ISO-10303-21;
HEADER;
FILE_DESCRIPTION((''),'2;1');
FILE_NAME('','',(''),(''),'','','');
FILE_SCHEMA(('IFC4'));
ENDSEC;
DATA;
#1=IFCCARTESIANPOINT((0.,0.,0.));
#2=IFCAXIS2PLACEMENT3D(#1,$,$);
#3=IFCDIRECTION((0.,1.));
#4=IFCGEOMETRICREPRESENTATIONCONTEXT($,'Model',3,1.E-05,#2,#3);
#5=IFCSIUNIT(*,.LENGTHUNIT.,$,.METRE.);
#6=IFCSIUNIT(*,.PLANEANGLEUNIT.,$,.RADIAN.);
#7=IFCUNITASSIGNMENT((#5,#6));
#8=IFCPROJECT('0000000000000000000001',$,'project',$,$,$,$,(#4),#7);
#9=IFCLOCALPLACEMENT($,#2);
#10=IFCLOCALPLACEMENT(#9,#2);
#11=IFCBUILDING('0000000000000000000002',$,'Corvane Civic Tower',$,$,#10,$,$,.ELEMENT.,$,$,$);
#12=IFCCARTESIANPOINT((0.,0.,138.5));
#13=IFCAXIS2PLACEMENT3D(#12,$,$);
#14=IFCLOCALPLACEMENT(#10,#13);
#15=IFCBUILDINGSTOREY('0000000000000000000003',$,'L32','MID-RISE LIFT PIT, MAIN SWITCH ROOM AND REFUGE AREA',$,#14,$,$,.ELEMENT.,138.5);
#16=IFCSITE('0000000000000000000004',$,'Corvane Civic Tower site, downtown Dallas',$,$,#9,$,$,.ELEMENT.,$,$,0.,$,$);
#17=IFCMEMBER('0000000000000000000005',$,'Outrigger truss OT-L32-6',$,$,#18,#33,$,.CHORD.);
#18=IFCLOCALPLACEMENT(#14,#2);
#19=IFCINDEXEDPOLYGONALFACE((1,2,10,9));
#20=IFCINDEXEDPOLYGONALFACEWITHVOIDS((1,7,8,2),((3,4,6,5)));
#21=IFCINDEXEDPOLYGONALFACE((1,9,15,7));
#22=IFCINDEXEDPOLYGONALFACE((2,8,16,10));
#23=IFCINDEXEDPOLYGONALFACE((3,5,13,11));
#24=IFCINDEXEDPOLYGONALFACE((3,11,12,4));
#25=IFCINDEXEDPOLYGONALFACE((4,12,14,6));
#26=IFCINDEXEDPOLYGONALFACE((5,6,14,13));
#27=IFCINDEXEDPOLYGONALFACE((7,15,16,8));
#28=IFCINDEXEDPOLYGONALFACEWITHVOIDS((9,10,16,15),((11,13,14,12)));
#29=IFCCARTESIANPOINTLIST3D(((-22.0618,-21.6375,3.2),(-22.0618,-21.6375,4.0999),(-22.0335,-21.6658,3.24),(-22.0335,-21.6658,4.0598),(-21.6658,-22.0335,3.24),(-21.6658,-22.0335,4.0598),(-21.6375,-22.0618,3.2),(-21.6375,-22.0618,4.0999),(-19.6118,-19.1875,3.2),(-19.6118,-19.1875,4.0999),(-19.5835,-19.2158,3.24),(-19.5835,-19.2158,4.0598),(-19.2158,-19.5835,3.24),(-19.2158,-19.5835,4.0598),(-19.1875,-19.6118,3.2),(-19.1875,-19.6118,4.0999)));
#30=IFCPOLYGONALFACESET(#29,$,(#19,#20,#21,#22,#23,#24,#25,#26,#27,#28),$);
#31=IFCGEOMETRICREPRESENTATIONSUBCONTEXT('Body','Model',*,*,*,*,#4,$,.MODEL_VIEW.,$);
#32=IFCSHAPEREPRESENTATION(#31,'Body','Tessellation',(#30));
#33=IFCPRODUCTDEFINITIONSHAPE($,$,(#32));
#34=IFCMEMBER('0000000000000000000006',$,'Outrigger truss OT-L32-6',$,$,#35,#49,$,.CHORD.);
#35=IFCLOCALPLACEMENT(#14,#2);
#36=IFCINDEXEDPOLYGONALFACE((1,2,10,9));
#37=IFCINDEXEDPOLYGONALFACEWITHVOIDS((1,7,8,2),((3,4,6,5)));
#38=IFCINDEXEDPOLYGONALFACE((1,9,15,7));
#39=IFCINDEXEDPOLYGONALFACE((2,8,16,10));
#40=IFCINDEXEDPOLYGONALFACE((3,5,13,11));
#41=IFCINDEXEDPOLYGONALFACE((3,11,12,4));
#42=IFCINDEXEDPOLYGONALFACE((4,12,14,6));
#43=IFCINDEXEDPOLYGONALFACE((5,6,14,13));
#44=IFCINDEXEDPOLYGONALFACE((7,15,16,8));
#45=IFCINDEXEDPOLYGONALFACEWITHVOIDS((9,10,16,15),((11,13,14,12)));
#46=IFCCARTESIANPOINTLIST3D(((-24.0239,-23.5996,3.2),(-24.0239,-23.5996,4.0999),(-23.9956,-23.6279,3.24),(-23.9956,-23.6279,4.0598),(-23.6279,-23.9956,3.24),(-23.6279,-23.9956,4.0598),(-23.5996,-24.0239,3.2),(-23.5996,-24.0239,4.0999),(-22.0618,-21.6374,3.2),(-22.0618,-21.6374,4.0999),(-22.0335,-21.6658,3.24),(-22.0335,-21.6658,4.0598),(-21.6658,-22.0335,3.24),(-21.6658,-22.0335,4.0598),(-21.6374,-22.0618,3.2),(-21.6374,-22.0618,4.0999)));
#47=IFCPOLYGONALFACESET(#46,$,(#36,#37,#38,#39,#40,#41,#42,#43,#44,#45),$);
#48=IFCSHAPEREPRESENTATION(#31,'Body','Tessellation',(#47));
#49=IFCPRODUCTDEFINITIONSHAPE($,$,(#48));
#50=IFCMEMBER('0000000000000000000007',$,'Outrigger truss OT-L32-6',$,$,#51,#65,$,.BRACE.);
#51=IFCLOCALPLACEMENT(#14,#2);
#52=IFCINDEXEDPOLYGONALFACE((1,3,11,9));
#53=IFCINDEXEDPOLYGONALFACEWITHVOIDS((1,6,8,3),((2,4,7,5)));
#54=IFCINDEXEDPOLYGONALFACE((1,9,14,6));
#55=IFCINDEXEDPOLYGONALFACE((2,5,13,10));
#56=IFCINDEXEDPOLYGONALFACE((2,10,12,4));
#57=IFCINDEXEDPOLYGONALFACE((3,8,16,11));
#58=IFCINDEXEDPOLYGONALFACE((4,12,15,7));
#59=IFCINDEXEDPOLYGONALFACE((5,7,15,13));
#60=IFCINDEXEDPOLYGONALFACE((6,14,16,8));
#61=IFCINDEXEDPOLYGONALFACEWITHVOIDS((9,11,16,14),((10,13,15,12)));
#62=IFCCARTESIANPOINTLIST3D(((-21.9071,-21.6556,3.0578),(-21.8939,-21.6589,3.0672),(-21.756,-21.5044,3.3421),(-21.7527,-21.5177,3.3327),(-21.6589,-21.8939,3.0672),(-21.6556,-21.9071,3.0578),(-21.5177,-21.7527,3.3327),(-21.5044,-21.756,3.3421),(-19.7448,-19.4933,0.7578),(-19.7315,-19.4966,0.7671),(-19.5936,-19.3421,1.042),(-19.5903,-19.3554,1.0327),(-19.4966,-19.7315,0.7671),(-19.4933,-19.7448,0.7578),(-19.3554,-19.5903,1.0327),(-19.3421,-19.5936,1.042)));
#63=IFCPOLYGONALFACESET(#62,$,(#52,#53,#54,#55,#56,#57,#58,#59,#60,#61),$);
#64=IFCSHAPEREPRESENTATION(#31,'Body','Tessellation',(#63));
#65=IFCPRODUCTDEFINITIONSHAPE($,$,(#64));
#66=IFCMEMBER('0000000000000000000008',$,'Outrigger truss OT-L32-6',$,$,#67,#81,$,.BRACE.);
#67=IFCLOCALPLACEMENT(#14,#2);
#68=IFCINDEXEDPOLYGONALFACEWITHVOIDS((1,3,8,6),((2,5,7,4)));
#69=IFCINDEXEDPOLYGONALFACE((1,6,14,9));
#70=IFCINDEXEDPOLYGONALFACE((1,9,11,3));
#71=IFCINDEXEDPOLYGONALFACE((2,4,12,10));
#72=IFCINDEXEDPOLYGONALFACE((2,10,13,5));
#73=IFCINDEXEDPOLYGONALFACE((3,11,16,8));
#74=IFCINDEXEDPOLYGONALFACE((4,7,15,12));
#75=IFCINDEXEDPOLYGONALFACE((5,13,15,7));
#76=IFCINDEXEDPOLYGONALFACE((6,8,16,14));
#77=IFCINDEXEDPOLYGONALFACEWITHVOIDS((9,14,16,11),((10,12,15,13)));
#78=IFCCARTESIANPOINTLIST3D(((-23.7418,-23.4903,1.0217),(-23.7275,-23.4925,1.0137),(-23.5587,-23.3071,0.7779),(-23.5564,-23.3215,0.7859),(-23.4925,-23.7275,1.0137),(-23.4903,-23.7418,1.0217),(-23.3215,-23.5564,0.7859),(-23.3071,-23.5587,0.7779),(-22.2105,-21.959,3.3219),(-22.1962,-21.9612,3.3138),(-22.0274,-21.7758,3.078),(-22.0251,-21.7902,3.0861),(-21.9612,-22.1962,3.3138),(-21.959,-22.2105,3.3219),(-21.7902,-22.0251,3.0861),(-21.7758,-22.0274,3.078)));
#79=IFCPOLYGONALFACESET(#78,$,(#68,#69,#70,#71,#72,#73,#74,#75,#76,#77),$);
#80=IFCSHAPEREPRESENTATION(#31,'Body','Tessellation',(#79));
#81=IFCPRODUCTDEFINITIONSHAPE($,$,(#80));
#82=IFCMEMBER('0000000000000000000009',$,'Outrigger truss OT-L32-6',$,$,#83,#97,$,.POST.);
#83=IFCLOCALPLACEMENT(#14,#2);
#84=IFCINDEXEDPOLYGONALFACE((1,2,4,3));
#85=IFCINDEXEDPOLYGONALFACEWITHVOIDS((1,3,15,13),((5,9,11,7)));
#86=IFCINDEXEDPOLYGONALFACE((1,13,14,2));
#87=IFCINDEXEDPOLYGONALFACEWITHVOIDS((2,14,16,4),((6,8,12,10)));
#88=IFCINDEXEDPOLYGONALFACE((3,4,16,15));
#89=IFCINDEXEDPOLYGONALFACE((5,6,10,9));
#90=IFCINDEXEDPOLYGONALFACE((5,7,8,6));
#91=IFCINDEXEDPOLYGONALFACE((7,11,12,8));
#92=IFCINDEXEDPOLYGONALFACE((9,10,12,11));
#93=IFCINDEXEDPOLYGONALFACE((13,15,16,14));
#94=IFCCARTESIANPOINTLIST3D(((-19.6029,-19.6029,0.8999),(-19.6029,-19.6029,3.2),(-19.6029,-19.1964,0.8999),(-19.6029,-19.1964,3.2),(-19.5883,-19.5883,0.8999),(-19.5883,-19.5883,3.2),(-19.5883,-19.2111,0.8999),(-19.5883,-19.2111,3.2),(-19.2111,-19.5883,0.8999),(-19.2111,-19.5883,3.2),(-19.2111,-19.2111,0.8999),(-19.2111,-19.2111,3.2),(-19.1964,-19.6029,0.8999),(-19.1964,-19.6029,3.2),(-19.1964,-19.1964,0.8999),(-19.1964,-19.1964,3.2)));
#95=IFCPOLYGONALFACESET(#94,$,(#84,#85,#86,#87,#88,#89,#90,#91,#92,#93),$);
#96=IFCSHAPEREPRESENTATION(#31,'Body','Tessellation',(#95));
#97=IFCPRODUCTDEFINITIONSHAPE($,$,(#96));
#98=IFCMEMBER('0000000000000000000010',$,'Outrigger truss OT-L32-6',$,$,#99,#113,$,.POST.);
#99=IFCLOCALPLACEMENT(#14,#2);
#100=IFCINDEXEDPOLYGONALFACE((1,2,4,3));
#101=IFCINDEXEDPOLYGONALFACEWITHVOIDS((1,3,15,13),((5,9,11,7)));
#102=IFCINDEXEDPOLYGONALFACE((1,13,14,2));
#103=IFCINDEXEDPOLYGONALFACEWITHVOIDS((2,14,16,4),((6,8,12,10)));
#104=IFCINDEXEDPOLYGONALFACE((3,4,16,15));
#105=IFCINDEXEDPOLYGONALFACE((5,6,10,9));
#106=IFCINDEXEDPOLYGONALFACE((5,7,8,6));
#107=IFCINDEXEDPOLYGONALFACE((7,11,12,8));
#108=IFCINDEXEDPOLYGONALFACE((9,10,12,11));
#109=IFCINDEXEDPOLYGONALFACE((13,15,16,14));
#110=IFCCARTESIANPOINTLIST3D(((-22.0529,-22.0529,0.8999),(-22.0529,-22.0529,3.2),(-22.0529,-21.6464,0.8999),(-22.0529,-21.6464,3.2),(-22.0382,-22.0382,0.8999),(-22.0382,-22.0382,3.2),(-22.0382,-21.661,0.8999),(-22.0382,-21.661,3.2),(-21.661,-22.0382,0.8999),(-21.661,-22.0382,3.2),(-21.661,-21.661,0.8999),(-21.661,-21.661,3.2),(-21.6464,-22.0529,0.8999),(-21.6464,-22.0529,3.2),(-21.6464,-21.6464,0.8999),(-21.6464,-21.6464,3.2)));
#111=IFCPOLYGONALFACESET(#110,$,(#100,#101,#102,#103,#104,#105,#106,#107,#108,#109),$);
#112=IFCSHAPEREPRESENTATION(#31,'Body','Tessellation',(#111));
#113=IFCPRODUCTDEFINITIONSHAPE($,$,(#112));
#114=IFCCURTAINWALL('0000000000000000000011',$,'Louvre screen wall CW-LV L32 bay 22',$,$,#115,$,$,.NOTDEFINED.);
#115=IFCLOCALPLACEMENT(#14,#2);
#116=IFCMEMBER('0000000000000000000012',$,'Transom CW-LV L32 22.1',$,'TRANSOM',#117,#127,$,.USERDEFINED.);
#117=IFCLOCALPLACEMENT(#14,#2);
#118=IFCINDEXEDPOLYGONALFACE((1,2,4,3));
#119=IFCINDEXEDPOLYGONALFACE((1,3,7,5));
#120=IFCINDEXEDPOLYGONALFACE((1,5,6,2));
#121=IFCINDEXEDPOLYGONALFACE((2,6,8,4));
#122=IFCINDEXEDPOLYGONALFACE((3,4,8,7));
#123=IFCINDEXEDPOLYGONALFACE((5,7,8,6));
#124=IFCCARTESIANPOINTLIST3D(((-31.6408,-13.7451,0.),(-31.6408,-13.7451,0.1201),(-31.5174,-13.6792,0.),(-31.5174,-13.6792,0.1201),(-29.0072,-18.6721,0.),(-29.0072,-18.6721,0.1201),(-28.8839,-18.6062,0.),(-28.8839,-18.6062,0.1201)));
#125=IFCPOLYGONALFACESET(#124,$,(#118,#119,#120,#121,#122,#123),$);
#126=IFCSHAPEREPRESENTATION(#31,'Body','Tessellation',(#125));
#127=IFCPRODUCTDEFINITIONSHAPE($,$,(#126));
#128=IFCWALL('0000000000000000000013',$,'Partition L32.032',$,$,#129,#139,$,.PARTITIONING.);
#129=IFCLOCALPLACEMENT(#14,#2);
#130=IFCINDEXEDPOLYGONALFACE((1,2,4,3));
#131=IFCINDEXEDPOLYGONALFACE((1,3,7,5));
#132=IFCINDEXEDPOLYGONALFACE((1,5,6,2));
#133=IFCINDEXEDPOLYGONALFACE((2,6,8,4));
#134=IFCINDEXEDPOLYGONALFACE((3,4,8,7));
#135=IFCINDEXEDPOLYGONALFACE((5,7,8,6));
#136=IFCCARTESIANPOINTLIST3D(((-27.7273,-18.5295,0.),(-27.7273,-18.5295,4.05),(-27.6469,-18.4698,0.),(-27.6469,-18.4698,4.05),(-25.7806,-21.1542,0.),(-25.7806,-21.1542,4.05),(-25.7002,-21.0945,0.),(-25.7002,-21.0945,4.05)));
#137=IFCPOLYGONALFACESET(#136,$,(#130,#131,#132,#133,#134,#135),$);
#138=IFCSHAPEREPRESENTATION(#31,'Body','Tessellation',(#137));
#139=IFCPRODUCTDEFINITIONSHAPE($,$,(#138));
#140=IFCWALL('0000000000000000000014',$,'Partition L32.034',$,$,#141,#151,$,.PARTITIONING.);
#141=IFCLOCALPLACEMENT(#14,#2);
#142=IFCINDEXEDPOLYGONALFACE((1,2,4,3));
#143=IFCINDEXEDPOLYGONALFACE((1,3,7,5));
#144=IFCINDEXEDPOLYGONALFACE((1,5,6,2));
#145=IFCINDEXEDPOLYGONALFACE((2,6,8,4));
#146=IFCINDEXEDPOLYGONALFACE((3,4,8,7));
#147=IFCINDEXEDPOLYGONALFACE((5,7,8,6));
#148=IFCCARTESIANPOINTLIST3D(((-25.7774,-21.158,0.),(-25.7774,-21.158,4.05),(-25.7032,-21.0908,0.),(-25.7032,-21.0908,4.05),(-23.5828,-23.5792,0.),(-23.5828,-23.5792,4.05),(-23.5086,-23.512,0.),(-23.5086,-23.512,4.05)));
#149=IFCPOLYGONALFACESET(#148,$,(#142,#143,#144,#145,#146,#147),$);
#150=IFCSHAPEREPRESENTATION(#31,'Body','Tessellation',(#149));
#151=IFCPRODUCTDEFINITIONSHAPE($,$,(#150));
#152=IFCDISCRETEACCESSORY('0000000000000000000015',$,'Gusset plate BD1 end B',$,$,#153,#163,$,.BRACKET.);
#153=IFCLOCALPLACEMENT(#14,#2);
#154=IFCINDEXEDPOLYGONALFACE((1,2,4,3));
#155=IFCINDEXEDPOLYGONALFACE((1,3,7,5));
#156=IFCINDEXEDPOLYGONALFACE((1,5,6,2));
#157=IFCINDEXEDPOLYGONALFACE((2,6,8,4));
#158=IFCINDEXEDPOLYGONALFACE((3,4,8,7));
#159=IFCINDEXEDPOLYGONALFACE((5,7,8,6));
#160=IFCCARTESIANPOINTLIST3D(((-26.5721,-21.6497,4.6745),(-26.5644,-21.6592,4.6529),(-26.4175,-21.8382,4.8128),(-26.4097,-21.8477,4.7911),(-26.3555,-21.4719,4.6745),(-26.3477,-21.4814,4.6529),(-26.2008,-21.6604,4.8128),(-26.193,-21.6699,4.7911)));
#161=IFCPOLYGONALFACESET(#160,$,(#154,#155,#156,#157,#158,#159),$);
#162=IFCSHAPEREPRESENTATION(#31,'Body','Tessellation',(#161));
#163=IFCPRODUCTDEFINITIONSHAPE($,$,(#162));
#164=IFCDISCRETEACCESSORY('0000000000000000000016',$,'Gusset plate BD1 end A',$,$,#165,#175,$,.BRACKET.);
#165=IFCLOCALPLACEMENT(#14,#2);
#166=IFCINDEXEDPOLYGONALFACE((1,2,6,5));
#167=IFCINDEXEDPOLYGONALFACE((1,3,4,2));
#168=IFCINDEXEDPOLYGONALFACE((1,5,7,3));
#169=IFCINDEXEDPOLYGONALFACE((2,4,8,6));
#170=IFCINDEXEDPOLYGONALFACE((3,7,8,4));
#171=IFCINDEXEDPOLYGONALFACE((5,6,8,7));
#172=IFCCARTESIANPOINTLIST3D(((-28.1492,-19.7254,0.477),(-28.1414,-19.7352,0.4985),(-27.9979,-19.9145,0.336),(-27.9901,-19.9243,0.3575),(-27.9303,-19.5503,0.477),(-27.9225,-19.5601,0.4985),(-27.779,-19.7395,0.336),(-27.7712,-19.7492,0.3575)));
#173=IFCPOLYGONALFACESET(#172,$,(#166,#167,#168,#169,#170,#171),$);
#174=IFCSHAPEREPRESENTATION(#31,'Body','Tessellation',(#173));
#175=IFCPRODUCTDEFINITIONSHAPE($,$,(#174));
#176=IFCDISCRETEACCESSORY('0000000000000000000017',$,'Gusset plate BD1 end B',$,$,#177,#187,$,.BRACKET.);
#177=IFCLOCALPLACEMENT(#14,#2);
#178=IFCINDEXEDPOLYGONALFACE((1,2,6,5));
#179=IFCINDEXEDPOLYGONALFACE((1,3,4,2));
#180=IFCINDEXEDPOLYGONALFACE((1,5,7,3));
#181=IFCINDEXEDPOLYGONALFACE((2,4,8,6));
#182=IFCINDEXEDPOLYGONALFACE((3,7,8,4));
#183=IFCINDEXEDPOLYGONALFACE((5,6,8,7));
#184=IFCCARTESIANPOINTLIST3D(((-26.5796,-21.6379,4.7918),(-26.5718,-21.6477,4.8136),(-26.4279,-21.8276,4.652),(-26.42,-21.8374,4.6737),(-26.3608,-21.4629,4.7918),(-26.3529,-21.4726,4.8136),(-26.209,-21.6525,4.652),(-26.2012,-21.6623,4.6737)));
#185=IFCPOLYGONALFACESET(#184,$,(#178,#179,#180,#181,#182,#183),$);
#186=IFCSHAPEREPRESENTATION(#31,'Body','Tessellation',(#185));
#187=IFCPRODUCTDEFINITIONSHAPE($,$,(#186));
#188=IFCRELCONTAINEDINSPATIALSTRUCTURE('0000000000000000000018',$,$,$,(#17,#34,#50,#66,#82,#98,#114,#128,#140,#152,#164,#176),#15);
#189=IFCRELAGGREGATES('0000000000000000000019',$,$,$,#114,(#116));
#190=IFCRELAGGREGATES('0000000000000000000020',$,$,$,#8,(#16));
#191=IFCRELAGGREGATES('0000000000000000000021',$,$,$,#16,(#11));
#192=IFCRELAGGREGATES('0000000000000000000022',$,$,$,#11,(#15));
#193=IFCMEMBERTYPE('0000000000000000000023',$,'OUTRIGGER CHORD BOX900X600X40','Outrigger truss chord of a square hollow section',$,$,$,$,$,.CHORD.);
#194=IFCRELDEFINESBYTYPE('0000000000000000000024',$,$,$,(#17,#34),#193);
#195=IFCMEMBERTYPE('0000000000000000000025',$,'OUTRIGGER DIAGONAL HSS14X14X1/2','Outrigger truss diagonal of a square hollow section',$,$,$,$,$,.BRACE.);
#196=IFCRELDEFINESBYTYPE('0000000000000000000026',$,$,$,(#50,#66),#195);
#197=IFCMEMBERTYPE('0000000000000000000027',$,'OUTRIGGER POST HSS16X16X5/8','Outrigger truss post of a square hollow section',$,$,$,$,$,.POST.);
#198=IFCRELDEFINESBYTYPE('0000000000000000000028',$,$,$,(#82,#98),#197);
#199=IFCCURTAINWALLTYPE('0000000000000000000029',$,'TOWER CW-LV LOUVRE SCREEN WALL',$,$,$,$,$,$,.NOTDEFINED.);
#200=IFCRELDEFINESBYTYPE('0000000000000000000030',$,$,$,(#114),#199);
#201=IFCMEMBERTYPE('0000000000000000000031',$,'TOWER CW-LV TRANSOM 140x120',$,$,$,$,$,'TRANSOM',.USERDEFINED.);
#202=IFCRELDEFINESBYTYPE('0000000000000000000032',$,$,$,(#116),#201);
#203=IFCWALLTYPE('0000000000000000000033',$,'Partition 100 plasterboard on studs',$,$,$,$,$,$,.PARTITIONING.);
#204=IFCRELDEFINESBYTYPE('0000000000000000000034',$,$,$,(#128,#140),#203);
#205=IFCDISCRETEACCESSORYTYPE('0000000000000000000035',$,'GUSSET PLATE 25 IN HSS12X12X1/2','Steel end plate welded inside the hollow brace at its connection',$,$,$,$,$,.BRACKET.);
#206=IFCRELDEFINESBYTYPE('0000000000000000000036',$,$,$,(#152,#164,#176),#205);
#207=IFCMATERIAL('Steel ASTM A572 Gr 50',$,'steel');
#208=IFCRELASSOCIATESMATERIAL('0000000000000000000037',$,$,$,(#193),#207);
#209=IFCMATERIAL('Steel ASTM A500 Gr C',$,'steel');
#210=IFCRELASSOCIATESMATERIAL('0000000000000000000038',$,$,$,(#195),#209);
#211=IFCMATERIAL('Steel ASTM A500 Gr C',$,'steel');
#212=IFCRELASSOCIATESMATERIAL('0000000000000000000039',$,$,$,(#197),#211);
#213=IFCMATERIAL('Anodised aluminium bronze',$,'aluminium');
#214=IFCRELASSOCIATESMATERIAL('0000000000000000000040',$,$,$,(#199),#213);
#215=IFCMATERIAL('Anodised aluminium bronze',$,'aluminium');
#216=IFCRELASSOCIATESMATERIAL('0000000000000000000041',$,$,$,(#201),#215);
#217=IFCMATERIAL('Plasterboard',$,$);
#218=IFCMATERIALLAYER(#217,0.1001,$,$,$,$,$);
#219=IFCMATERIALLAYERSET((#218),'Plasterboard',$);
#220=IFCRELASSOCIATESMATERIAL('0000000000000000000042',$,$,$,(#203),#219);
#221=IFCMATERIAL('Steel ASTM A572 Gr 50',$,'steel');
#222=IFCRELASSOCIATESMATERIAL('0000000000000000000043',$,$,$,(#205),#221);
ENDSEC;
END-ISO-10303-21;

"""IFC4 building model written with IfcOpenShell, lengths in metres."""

from ifc_helpers import new_model, si_unit, direction, frame, frame_2d, origin, origin_2d, place, context, subcontext, project, spatial, rectangle, hollow_rectangle, extrude, material, layer, layer_set, material_profile, profile_set, type_object, element, aggregate, save


model = new_model("IFC4")

# Units and contexts
model_context = context("Model", 3, precision=1e-05, world=origin(), true_north=direction((0.0, 1.0)))
body_context = subcontext(model_context, "Body", "Model", "MODEL_VIEW")
ifc_project = project(units=[si_unit("LENGTHUNIT", "METRE"), si_unit("PLANEANGLEUNIT", "RADIAN")], contexts=[model_context])

# Site, building, storey
site_placement = place(None, origin())
site = spatial("IfcSite", under=ifc_project, at=site_placement, Name="Corvane Civic Tower site, downtown Dallas", CompositionType="ELEMENT", RefElevation=0.0)
building_placement = place(site_placement, origin())
building = spatial("IfcBuilding", under=site, at=building_placement, Name="Corvane Civic Tower", CompositionType="ELEMENT")
storey_placement = place(building_placement, frame((0.0, 0.0, 138.5)))
storey = spatial("IfcBuildingStorey", under=building, at=storey_placement, Name="L32", Description="MID-RISE LIFT PIT, MAIN SWITCH ROOM AND REFUGE AREA", CompositionType="ELEMENT", Elevation=138.5)

# Members
ifc_material_1 = material(Name="Steel ASTM A572 Gr 50", Category="steel")
ifc_material_profile_1 = material_profile(ifc_material_1, hollow_rectangle(XDim=0.6001, YDim=0.8999, WallThickness=0.04, at=origin_2d()), Name="BOX900X600X40")
ifc_profile_set_1 = profile_set([ifc_material_profile_1], Name="Steel ASTM A572 Gr 50")
member_type_1 = type_object("IfcMemberType", Name="OUTRIGGER CHORD BOX900X600X40", Description="Outrigger truss chord of a square hollow section", PredefinedType="CHORD", material=ifc_profile_set_1)
member_1_placement = place(storey_placement, frame((-19.3997, -19.3997, 3.6499), z_axis=(-0.707107, -0.707107, 0.0), x_axis=(0.707107, -0.707107, 0.0)))
element("IfcMember", 1, at=member_1_placement, inside=storey, type_object=member_type_1, Name="Outrigger truss OT-L32-6", PredefinedType="CHORD", context=body_context, shape_type="SweptSolid", body=[
    extrude(hollow_rectangle(XDim=0.6001, YDim=0.8999, WallThickness=0.04, at=origin_2d()), origin(), (0.0, 0.0, 1.0), 3.4648),
])
member_2_placement = place(storey_placement, frame((-21.8496, -21.8496, 3.6499), z_axis=(-0.707107, -0.707107, 0.0), x_axis=(0.707107, -0.707107, 0.0)))
element("IfcMember", 2, at=member_2_placement, inside=storey, type_object=member_type_1, Name="Outrigger truss OT-L32-6", PredefinedType="CHORD", context=body_context, shape_type="SweptSolid", body=[
    extrude(hollow_rectangle(XDim=0.6001, YDim=0.8999, WallThickness=0.04, at=origin_2d()), origin(), (0.0, 0.0, 1.0), 2.7749),
])
ifc_material_2 = material(Name="Steel ASTM A500 Gr C", Category="steel")
ifc_material_profile_2 = material_profile(ifc_material_2, hollow_rectangle(XDim=0.3557, YDim=0.3557, WallThickness=0.0117, at=origin_2d()), Name="HSS14X14X1/2")
ifc_profile_set_2 = profile_set([ifc_material_profile_2], Name="Steel ASTM A500 Gr C")
member_type_2 = type_object("IfcMemberType", Name="OUTRIGGER DIAGONAL HSS14X14X1/2", Description="Outrigger truss diagonal of a square hollow section", PredefinedType="BRACE", material=ifc_profile_set_2)
member_3_placement = place(storey_placement, frame((-19.5435, -19.5435, 0.8999), z_axis=(-0.565106, -0.565106, 0.601091), x_axis=(0.707107, -0.707107, 0.0)))
element("IfcMember", 3, at=member_3_placement, inside=storey, type_object=member_type_2, Name="Outrigger truss OT-L32-6", PredefinedType="BRACE", context=body_context, shape_type="SweptSolid", body=[
    extrude(hollow_rectangle(XDim=0.3557, YDim=0.3557, WallThickness=0.0117, at=origin_2d()), origin(), (0.0, 0.0, 1.0), 3.8264),
])
member_4_placement = place(storey_placement, frame((-21.9932, -21.9932, 3.2), z_axis=(-0.484717, -0.484717, -0.728079), x_axis=(0.707107, -0.707107, 0.0)))
element("IfcMember", 4, at=member_4_placement, inside=storey, type_object=member_type_2, Name="Outrigger truss OT-L32-6", PredefinedType="BRACE", context=body_context, shape_type="SweptSolid", body=[
    extrude(hollow_rectangle(XDim=0.3557, YDim=0.3557, WallThickness=0.0117, at=origin_2d()), origin(), (0.0, 0.0, 1.0), 3.1592),
])
ifc_material_3 = material(Name="Steel ASTM A500 Gr C", Category="steel")
ifc_material_profile_3 = material_profile(ifc_material_3, hollow_rectangle(XDim=0.4065, YDim=0.4065, WallThickness=0.0146, at=origin_2d()), Name="HSS16X16X5/8")
ifc_profile_set_3 = profile_set([ifc_material_profile_3], Name="Steel ASTM A500 Gr C")
member_type_3 = type_object("IfcMemberType", Name="OUTRIGGER POST HSS16X16X5/8", Description="Outrigger truss post of a square hollow section", PredefinedType="POST", material=ifc_profile_set_3)
for number, where, z_axis, x_axis, name in (
    (5, (-19.3997, -19.3997, 0.8999), (0.0, 0.0, 1.0), (1.0, 0.0, 0.0), "Outrigger truss OT-L32-6"),
    (6, (-21.8496, -21.8496, 0.8999), (0.0, 0.0, 1.0), (1.0, 0.0, 0.0), "Outrigger truss OT-L32-6"),
):
    element("IfcMember", number, at=place(storey_placement, frame(where, z_axis=z_axis, x_axis=x_axis)), inside=storey, type_object=member_type_3, Name=name, PredefinedType="POST", context=body_context, shape_type="SweptSolid", body=[
        extrude(hollow_rectangle(XDim=0.4065, YDim=0.4065, WallThickness=0.0146, at=origin_2d()), origin(), (0.0, 0.0, 1.0), 2.3),
    ])

# Curtain wall, member
ifc_material_4 = material(Name="Anodised aluminium bronze", Category="aluminium")
curtain_wall_type = type_object("IfcCurtainWallType", Name="TOWER CW-LV LOUVRE SCREEN WALL", PredefinedType="NOTDEFINED", material=ifc_material_4)
curtain_wall_placement = place(storey_placement, origin())
curtain_wall = element("IfcCurtainWall", 7, at=curtain_wall_placement, inside=storey, type_object=curtain_wall_type, Name="Louvre screen wall CW-LV L32 bay 22", PredefinedType="NOTDEFINED")
ifc_material_5 = material(Name="Anodised aluminium bronze", Category="aluminium")
ifc_material_profile_4 = material_profile(ifc_material_5, rectangle(XDim=0.1399, YDim=0.1201, at=origin_2d()), Name="TOWER CW-LV TRANSOM 140x120")
ifc_profile_set_4 = profile_set([ifc_material_profile_4], Name="Anodised aluminium bronze")
member_type_4 = type_object("IfcMemberType", Name="TOWER CW-LV TRANSOM 140x120", ElementType="TRANSOM", PredefinedType="USERDEFINED", material=ifc_profile_set_4)
member_5_placement = place(storey_placement, frame((-28.9456, -18.6392, 0.0601), z_axis=(-0.471398, 0.881921, 0.0), x_axis=(-0.881921, -0.471398, 0.0)))
member_5 = element("IfcMember", 8, at=member_5_placement, type_object=member_type_4, Name="Transom CW-LV L32 22.1", ObjectType="TRANSOM", PredefinedType="USERDEFINED", context=body_context, shape_type="SweptSolid", body=[
    extrude(rectangle(XDim=0.1399, YDim=0.1201, at=origin_2d()), origin(), (0.0, 0.0, 1.0), 5.5867),
])

# Walls
ifc_material_6 = material(Name="Plasterboard")
ifc_layer = layer(ifc_material_6, 0.1001)
ifc_layer_set = layer_set([ifc_layer], Name="Plasterboard")
wall_type = type_object("IfcWallType", Name="Partition 100 plasterboard on studs", PredefinedType="PARTITIONING", material=ifc_layer_set)
for number, where, z_axis, x_axis, name in (
    (9, (-27.687, -18.4998, 0.0), (0.0, 0.0, 1.0), (0.595724, -0.803189, 0.0), "Partition L32.032"),
    (10, (-25.7402, -21.1245, 0.0), (0.0, 0.0, 1.0), (0.67159, -0.740923, 0.0), "Partition L32.034"),
):
    element("IfcWall", number, at=place(storey_placement, frame(where, z_axis=z_axis, x_axis=x_axis)), inside=storey, type_object=wall_type, Name=name, PredefinedType="PARTITIONING", context=body_context, shape_type="SweptSolid", body=[
        extrude(rectangle(XDim=3.2678, YDim=0.1001, at=frame_2d((1.6338, 0.0))), origin(), (0.0, 0.0, 1.0), 4.05),
    ])

aggregate(curtain_wall, [member_5])

# Discrete accessories
ifc_material_7 = material(Name="Steel ASTM A572 Gr 50", Category="steel")
ifc_material_profile_5 = material_profile(ifc_material_7, rectangle(XDim=0.2803, YDim=0.2803, at=origin_2d()), Name="GUSSET PLATE 25 IN HSS12X12X1/2")
ifc_profile_set_5 = profile_set([ifc_material_profile_5], Name="Steel ASTM A572 Gr 50")
discrete_accessory_type_1 = type_object("IfcDiscreteAccessoryType", Name="GUSSET PLATE 25 IN HSS12X12X1/2", Description="Steel end plate welded inside the hollow brace at its connection", PredefinedType="BRACKET", material=ifc_profile_set_5)
for number, where, z_axis, x_axis, name in (
    (11, (-26.3865, -21.655, 4.7437), (0.312795, -0.381219, -0.869961), (0.773073, 0.634317, 0.0), "Gusset plate BD1 end B"),
    (12, (-27.9641, -19.7324, 0.4065), (0.31427, -0.392837, 0.864242), (0.780869, 0.624695, 0.0), "Gusset plate BD1 end A"),
):
    element("IfcDiscreteAccessory", number, at=place(storey_placement, frame(where, z_axis=z_axis, x_axis=x_axis)), inside=storey, type_object=discrete_accessory_type_1, Name=name, PredefinedType="BRACKET", context=body_context, shape_type="SweptSolid", body=[
        extrude(rectangle(XDim=0.2803, YDim=0.2803, at=origin_2d()), origin(), (0.0, 0.0, 1.0), 0.0249),
    ])
discrete_accessory_1_placement = place(storey_placement, frame((-26.3865, -21.655, 4.7437), z_axis=(-0.311621, 0.389526, -0.866696), x_axis=(-0.780869, -0.624695, 0.0)))
element("IfcDiscreteAccessory", 13, at=discrete_accessory_1_placement, inside=storey, type_object=discrete_accessory_type_1, Name="Gusset plate BD1 end B", PredefinedType="BRACKET", context=body_context, shape_type="SweptSolid", body=[
    extrude(rectangle(XDim=0.2803, YDim=0.2803, at=origin_2d()), origin(), (0.0, 0.0, 1.0), 0.0251),
])

save(model, "model.ifc")
